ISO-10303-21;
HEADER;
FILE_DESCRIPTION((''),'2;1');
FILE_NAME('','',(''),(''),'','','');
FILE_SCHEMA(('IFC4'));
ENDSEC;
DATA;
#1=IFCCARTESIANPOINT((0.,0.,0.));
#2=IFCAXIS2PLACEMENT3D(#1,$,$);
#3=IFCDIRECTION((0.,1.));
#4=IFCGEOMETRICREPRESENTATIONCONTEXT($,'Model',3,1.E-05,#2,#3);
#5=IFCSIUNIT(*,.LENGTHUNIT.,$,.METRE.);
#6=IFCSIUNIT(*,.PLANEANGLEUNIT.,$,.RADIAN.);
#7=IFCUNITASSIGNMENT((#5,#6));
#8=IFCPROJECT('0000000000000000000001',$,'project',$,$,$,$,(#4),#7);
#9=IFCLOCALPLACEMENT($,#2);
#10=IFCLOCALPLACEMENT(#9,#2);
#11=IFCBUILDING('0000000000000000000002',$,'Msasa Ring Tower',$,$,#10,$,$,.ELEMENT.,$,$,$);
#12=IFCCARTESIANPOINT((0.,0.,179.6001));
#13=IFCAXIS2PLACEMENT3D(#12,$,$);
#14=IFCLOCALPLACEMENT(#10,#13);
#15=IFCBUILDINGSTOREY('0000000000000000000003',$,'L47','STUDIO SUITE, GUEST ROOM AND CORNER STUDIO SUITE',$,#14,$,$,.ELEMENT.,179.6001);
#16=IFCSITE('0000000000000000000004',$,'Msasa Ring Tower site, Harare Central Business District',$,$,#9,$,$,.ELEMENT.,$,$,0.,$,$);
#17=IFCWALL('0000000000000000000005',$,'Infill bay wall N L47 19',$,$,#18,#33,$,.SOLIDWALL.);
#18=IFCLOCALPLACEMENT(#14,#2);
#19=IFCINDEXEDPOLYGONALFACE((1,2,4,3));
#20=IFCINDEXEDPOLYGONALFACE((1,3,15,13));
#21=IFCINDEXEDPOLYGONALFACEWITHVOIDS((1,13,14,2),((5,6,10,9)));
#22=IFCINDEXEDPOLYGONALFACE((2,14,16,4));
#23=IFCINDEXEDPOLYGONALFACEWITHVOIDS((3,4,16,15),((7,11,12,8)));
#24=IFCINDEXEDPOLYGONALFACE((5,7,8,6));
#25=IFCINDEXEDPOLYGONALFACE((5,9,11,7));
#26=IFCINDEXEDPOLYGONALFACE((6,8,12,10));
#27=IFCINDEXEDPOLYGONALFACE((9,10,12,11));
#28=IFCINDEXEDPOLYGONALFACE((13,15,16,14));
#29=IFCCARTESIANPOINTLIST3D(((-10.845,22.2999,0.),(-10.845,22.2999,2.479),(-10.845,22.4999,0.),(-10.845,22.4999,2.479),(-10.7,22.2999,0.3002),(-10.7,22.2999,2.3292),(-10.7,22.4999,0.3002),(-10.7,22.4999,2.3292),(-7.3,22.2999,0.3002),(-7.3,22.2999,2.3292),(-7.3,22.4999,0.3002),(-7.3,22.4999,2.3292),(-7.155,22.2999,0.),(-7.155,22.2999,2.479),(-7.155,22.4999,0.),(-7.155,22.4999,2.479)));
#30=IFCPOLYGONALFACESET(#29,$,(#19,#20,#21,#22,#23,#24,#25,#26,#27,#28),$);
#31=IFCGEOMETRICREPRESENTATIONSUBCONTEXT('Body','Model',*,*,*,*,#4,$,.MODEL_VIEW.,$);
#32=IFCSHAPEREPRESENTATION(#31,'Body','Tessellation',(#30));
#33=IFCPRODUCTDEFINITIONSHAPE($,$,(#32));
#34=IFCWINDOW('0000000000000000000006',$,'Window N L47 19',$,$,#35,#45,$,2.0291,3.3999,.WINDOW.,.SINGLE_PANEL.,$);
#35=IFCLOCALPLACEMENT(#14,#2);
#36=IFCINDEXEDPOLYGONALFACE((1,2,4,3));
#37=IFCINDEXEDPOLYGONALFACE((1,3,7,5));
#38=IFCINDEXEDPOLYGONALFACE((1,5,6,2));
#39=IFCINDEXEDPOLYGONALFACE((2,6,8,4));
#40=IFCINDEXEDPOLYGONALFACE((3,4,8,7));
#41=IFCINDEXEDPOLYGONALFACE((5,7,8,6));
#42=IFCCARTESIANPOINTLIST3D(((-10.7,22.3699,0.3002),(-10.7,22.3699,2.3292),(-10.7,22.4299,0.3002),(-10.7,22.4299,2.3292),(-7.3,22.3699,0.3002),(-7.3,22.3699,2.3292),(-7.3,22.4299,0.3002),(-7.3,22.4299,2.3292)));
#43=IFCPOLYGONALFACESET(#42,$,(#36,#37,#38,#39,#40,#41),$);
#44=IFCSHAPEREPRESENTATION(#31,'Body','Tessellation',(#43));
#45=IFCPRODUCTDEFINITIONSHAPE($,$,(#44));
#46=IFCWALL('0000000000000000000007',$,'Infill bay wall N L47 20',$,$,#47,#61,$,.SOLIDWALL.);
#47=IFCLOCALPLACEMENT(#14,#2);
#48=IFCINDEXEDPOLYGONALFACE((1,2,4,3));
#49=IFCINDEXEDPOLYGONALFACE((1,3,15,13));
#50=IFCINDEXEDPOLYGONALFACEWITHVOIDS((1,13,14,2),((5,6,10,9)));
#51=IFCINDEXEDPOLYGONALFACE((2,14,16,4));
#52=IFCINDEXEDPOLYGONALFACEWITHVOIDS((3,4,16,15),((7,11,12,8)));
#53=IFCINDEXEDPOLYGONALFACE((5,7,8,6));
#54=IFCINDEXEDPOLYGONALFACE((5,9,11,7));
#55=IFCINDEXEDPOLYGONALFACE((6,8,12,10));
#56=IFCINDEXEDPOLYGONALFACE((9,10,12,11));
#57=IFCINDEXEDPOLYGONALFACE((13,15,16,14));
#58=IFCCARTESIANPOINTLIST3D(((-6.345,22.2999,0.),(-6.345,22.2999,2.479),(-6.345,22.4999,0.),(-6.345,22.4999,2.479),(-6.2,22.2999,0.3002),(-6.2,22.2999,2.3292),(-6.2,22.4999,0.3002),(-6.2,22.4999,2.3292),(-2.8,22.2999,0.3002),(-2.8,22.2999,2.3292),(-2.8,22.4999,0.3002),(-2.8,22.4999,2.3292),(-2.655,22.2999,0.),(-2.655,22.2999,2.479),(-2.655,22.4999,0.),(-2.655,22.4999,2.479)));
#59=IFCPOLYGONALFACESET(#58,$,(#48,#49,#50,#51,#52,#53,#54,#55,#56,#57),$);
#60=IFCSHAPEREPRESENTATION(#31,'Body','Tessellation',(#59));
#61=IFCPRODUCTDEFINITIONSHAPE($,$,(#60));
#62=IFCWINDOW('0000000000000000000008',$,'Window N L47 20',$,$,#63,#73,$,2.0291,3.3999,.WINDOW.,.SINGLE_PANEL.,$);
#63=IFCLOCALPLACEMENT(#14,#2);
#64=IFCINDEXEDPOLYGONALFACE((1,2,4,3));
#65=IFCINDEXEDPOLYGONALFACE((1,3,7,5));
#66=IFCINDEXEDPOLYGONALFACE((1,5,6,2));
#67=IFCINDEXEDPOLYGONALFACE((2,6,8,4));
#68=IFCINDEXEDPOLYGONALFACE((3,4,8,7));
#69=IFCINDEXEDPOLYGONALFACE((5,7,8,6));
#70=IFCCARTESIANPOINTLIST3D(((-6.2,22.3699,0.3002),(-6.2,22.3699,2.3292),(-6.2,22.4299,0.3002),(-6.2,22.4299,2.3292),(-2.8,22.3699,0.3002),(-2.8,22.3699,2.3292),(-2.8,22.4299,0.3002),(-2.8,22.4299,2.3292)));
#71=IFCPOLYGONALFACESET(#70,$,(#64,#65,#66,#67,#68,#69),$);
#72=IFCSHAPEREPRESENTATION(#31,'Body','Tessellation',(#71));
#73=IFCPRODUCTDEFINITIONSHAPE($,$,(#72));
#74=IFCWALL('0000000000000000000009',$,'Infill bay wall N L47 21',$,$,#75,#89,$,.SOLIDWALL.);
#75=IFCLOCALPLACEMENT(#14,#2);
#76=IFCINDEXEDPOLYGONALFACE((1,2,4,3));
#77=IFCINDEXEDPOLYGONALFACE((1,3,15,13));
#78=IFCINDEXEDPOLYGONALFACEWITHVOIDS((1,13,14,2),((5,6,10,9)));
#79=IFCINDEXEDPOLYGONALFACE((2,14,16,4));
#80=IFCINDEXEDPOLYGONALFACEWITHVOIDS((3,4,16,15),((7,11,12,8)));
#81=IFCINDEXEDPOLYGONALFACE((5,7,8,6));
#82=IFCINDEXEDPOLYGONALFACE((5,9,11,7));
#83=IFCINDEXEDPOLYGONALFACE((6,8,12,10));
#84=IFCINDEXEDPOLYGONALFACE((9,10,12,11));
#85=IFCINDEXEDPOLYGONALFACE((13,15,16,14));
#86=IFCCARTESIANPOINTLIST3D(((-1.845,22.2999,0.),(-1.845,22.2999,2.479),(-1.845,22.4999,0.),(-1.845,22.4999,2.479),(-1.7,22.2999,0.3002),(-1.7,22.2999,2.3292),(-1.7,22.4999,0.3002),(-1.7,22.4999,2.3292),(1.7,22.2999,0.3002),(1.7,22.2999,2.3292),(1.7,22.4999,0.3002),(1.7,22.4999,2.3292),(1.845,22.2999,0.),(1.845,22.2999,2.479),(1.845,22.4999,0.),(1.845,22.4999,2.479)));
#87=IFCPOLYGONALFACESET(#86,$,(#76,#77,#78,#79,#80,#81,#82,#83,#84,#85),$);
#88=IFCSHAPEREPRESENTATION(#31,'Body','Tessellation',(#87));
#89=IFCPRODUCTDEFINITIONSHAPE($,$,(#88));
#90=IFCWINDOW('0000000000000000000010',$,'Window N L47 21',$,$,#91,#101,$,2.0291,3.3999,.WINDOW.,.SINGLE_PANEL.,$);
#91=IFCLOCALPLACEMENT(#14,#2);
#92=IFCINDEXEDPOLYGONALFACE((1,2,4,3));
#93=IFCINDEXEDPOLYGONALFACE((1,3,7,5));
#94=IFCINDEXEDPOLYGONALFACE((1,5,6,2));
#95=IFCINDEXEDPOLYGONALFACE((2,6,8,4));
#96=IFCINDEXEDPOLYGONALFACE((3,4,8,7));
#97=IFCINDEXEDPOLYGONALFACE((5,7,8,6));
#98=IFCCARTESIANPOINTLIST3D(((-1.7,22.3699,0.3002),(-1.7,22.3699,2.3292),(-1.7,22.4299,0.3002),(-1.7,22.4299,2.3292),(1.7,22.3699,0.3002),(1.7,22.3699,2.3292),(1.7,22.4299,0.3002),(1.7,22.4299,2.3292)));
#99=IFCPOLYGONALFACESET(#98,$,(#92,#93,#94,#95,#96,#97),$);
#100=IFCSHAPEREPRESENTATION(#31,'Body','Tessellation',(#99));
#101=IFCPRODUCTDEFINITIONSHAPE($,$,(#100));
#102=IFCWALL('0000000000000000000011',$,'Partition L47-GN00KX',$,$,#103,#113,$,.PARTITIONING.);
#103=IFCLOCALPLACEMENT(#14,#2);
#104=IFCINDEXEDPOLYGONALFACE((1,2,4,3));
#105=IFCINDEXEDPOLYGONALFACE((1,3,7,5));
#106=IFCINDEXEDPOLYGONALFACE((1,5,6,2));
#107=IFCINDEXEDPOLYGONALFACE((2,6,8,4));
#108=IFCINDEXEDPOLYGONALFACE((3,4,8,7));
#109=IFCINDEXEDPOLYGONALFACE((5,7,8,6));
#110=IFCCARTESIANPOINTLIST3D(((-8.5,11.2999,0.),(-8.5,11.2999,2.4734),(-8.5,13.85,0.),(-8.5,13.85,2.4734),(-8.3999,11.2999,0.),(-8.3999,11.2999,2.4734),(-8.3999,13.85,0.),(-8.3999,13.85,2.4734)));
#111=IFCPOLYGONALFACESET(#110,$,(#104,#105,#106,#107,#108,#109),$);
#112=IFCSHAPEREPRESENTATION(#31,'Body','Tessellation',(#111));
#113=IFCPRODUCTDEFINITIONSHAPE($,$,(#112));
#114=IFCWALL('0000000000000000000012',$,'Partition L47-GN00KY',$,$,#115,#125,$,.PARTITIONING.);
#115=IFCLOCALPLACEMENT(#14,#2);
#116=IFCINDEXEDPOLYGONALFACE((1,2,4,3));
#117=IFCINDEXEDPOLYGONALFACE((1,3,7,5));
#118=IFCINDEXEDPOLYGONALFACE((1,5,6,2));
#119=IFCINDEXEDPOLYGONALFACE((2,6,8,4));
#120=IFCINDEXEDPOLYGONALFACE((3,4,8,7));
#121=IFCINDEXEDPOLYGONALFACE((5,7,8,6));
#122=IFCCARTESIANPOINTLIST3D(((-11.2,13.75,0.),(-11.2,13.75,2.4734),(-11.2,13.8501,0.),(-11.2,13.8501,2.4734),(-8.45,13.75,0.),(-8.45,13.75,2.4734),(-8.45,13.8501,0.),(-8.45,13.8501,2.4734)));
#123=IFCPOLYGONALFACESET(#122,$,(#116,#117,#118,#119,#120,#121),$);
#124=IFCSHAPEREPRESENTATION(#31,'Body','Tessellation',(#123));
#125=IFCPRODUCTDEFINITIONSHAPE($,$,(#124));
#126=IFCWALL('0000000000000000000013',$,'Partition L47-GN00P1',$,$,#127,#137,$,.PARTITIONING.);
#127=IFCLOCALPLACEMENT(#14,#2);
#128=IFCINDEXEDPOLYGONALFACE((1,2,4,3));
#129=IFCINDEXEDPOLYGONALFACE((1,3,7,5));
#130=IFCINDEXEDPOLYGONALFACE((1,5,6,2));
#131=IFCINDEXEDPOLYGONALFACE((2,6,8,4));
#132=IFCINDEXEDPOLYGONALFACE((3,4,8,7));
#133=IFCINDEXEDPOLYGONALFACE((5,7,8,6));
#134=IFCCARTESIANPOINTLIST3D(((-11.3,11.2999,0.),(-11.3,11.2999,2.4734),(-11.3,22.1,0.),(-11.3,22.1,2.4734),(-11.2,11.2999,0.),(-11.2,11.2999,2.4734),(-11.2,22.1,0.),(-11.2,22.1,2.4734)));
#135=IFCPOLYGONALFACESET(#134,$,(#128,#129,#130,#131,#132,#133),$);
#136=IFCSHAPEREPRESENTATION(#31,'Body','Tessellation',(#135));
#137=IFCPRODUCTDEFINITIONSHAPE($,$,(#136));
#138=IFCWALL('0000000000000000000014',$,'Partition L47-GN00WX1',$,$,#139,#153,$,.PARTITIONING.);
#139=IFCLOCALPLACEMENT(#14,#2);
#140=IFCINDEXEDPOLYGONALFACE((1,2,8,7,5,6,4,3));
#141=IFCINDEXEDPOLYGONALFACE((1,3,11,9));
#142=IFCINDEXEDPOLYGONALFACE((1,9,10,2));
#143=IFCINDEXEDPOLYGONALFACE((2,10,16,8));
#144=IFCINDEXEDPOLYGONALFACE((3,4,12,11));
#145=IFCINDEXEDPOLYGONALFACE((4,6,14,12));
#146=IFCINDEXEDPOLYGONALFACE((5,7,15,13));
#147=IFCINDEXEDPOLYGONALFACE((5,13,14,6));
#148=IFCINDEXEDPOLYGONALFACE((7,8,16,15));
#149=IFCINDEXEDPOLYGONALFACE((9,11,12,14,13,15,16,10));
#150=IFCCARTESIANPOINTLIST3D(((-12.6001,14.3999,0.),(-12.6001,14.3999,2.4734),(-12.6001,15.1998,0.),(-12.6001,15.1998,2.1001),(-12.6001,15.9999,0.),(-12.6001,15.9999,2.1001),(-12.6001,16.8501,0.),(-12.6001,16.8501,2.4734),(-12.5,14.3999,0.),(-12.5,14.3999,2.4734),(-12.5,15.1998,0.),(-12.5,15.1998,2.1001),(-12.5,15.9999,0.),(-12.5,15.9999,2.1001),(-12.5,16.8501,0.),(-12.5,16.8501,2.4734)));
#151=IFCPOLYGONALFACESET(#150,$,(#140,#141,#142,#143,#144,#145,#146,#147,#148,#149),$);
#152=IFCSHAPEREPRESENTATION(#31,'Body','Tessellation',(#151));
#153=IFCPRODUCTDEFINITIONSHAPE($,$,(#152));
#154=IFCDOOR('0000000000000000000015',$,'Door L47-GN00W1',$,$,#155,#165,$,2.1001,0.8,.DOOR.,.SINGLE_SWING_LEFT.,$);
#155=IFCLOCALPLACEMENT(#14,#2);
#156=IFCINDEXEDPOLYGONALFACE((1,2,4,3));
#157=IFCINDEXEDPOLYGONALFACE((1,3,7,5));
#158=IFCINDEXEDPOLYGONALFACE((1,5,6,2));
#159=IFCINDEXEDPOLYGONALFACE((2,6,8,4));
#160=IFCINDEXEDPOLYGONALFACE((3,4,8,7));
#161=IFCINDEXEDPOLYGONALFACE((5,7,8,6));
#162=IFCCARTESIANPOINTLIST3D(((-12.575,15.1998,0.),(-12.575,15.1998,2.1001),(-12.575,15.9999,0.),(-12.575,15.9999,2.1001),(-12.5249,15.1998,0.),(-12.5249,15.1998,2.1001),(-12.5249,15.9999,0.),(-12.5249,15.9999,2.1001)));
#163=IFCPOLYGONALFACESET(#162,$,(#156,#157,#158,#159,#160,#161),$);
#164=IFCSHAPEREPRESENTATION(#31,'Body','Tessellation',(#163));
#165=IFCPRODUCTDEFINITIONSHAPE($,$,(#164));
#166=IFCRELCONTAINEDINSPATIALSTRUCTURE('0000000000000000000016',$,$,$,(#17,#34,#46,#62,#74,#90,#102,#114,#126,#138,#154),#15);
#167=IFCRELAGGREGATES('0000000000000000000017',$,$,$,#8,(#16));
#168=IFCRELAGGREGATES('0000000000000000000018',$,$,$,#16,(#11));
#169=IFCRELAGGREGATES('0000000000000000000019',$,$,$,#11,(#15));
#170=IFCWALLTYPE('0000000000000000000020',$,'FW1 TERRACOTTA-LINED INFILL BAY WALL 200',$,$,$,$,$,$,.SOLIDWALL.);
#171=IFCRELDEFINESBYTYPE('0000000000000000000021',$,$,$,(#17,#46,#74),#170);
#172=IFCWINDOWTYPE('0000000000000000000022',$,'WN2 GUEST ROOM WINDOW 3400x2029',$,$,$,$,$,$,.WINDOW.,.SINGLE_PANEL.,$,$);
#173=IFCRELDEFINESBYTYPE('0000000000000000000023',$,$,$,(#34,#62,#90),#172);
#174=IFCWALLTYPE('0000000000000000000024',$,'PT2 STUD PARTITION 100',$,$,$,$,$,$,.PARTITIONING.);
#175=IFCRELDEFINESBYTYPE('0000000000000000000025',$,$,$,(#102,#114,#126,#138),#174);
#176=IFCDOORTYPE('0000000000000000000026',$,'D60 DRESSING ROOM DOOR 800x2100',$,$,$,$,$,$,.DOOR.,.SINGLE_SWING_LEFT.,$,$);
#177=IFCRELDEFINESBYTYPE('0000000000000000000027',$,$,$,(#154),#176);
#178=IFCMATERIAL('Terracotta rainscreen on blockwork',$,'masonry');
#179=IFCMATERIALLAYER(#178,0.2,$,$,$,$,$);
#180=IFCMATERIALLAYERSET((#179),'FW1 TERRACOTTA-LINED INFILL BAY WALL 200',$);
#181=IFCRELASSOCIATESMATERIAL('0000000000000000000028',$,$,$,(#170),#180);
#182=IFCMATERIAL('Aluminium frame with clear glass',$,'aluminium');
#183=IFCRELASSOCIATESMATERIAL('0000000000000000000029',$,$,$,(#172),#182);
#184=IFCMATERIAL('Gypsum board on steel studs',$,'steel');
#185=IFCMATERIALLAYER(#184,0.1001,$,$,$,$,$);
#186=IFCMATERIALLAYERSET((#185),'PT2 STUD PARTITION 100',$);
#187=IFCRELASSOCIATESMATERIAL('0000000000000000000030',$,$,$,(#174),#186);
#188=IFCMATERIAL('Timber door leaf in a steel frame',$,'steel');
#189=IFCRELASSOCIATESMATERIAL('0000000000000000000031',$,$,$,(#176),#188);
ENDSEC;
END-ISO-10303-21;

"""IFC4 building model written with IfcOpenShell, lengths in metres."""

from ifc_helpers import new_model, si_unit, direction, frame, frame_2d, origin, place, context, subcontext, project, spatial, rectangle, extrude, material, layer, layer_set, type_object, element, fill, save


model = new_model("IFC4")

# Units and contexts
model_context = context("Model", 3, precision=1e-05, world=origin(), true_north=direction((0.0, 1.0)))
body_context = subcontext(model_context, "Body", "Model", "MODEL_VIEW")
ifc_project = project(units=[si_unit("LENGTHUNIT", "METRE"), si_unit("PLANEANGLEUNIT", "RADIAN")], contexts=[model_context])

# Site, building, storey
site_placement = place(None, origin())
site = spatial("IfcSite", under=ifc_project, at=site_placement, Name="Msasa Ring Tower site, Harare Central Business District", CompositionType="ELEMENT", RefElevation=0.0)
building_placement = place(site_placement, origin())
building = spatial("IfcBuilding", under=site, at=building_placement, Name="Msasa Ring Tower", CompositionType="ELEMENT")
storey_placement = place(building_placement, frame((0.0, 0.0, 179.6001)))
storey = spatial("IfcBuildingStorey", under=building, at=storey_placement, Name="L47", Description="STUDIO SUITE, GUEST ROOM AND CORNER STUDIO SUITE", CompositionType="ELEMENT", Elevation=179.6001)

# Walls, openings, windows
ifc_material_1 = material(Name="Terracotta rainscreen on blockwork", Category="masonry")
ifc_layer_1 = layer(ifc_material_1, 0.2)
ifc_layer_set_1 = layer_set([ifc_layer_1], Name="FW1 TERRACOTTA-LINED INFILL BAY WALL 200")
wall_type_1 = type_object("IfcWallType", Name="FW1 TERRACOTTA-LINED INFILL BAY WALL 200", PredefinedType="SOLIDWALL", material=ifc_layer_set_1)
wall_1_placement = place(storey_placement, frame((-10.845, 22.3999, 0.0), z_axis=(0.0, 0.0, 1.0), x_axis=(1.0, 0.0, 0.0)))
wall_1 = element("IfcWall", 1, at=wall_1_placement, inside=storey, type_object=wall_type_1, Name="Infill bay wall N L47 19", PredefinedType="SOLIDWALL", context=body_context, shape_type="SweptSolid", body=[
    extrude(rectangle(XDim=3.6899, YDim=0.2, at=frame_2d((1.845, 0.0))), origin(), (0.0, 0.0, 1.0), 2.479),
])
opening_1_placement = place(wall_1_placement, frame((0.145, 0.0, 0.3)))
opening_1 = element("IfcOpeningElement", 2, at=opening_1_placement, cuts=wall_1, PredefinedType="OPENING", context=body_context, shape_type="SweptSolid", body=[
    extrude(rectangle(XDim=3.3999, YDim=2.0291, at=frame_2d((1.7, 1.0146))), frame((0.0, 0.1099, 0.0), z_axis=(0.0, -1.0, 0.0), x_axis=(1.0, 0.0, 0.0)), (0.0, 0.0, 1.0), 0.22),
])
ifc_material_2 = material(Name="Aluminium frame with clear glass", Category="aluminium")
window_type = type_object("IfcWindowType", Name="WN2 GUEST ROOM WINDOW 3400x2029", PartitioningType="SINGLE_PANEL", PredefinedType="WINDOW", material=ifc_material_2)
window_1_placement = place(opening_1_placement, origin())
window_1 = element("IfcWindow", 3, at=window_1_placement, inside=storey, type_object=window_type, Name="Window N L47 19", OverallHeight=2.0291, OverallWidth=3.3999, PartitioningType="SINGLE_PANEL", PredefinedType="WINDOW", context=body_context, shape_type="SweptSolid", body=[
    extrude(rectangle(XDim=3.3999, YDim=2.0291, at=frame_2d((1.7, 1.0146))), frame((0.0, 0.03, 0.0), z_axis=(0.0, -1.0, 0.0), x_axis=(1.0, 0.0, 0.0)), (0.0, 0.0, 1.0), 0.0601),
])
fill(opening_1, window_1)
wall_2_placement = place(storey_placement, frame((-6.345, 22.3999, 0.0), z_axis=(0.0, 0.0, 1.0), x_axis=(1.0, 0.0, 0.0)))
wall_2 = element("IfcWall", 4, at=wall_2_placement, inside=storey, type_object=wall_type_1, Name="Infill bay wall N L47 20", PredefinedType="SOLIDWALL", context=body_context, shape_type="SweptSolid", body=[
    extrude(rectangle(XDim=3.6899, YDim=0.2, at=frame_2d((1.845, 0.0))), origin(), (0.0, 0.0, 1.0), 2.479),
])
opening_2_placement = place(wall_2_placement, frame((0.145, 0.0, 0.3)))
opening_2 = element("IfcOpeningElement", 5, at=opening_2_placement, cuts=wall_2, PredefinedType="OPENING", context=body_context, shape_type="SweptSolid", body=[
    extrude(rectangle(XDim=3.3999, YDim=2.0291, at=frame_2d((1.7, 1.0146))), frame((0.0, 0.1099, 0.0), z_axis=(0.0, -1.0, 0.0), x_axis=(1.0, 0.0, 0.0)), (0.0, 0.0, 1.0), 0.22),
])
window_2_placement = place(opening_2_placement, origin())
window_2 = element("IfcWindow", 6, at=window_2_placement, inside=storey, type_object=window_type, Name="Window N L47 20", OverallHeight=2.0291, OverallWidth=3.3999, PartitioningType="SINGLE_PANEL", PredefinedType="WINDOW", context=body_context, shape_type="SweptSolid", body=[
    extrude(rectangle(XDim=3.3999, YDim=2.0291, at=frame_2d((1.7, 1.0146))), frame((0.0, 0.03, 0.0), z_axis=(0.0, -1.0, 0.0), x_axis=(1.0, 0.0, 0.0)), (0.0, 0.0, 1.0), 0.0601),
])
fill(opening_2, window_2)
wall_3_placement = place(storey_placement, frame((-1.845, 22.3999, 0.0), z_axis=(0.0, 0.0, 1.0), x_axis=(1.0, 0.0, 0.0)))
wall_3 = element("IfcWall", 7, at=wall_3_placement, inside=storey, type_object=wall_type_1, Name="Infill bay wall N L47 21", PredefinedType="SOLIDWALL", context=body_context, shape_type="SweptSolid", body=[
    extrude(rectangle(XDim=3.6899, YDim=0.2, at=frame_2d((1.845, 0.0))), origin(), (0.0, 0.0, 1.0), 2.479),
])
opening_3_placement = place(wall_3_placement, frame((0.145, 0.0, 0.3)))
opening_3 = element("IfcOpeningElement", 8, at=opening_3_placement, cuts=wall_3, PredefinedType="OPENING", context=body_context, shape_type="SweptSolid", body=[
    extrude(rectangle(XDim=3.3999, YDim=2.0291, at=frame_2d((1.7, 1.0146))), frame((0.0, 0.1099, 0.0), z_axis=(0.0, -1.0, 0.0), x_axis=(1.0, 0.0, 0.0)), (0.0, 0.0, 1.0), 0.22),
])
window_3_placement = place(opening_3_placement, origin())
window_3 = element("IfcWindow", 9, at=window_3_placement, inside=storey, type_object=window_type, Name="Window N L47 21", OverallHeight=2.0291, OverallWidth=3.3999, PartitioningType="SINGLE_PANEL", PredefinedType="WINDOW", context=body_context, shape_type="SweptSolid", body=[
    extrude(rectangle(XDim=3.3999, YDim=2.0291, at=frame_2d((1.7, 1.0146))), frame((0.0, 0.03, 0.0), z_axis=(0.0, -1.0, 0.0), x_axis=(1.0, 0.0, 0.0)), (0.0, 0.0, 1.0), 0.0601),
])
fill(opening_3, window_3)

# Walls
ifc_material_3 = material(Name="Gypsum board on steel studs", Category="steel")
ifc_layer_2 = layer(ifc_material_3, 0.1001)
ifc_layer_set_2 = layer_set([ifc_layer_2], Name="PT2 STUD PARTITION 100")
wall_type_2 = type_object("IfcWallType", Name="PT2 STUD PARTITION 100", PredefinedType="PARTITIONING", material=ifc_layer_set_2)
wall_4_placement = place(storey_placement, frame((-8.45, 11.3, 0.0), z_axis=(0.0, 0.0, 1.0), x_axis=(0.0, 1.0, 0.0)))
element("IfcWall", 10, at=wall_4_placement, inside=storey, type_object=wall_type_2, Name="Partition L47-GN00KX", PredefinedType="PARTITIONING", context=body_context, shape_type="SweptSolid", body=[
    extrude(rectangle(XDim=2.55, YDim=0.1001, at=frame_2d((1.2749, 0.0))), origin(), (0.0, 0.0, 1.0), 2.4734),
])
wall_5_placement = place(storey_placement, frame((-11.2, 13.8, 0.0), z_axis=(0.0, 0.0, 1.0), x_axis=(1.0, 0.0, 0.0)))
element("IfcWall", 11, at=wall_5_placement, inside=storey, type_object=wall_type_2, Name="Partition L47-GN00KY", PredefinedType="PARTITIONING", context=body_context, shape_type="SweptSolid", body=[
    extrude(rectangle(XDim=2.75, YDim=0.1001, at=frame_2d((1.375, 0.0))), origin(), (0.0, 0.0, 1.0), 2.4734),
])
wall_6_placement = place(storey_placement, frame((-11.25, 11.3, 0.0), z_axis=(0.0, 0.0, 1.0), x_axis=(0.0, 1.0, 0.0)))
element("IfcWall", 12, at=wall_6_placement, inside=storey, type_object=wall_type_2, Name="Partition L47-GN00P1", PredefinedType="PARTITIONING", context=body_context, shape_type="SweptSolid", body=[
    extrude(rectangle(XDim=10.8, YDim=0.1001, at=frame_2d((5.3999, 0.0))), origin(), (0.0, 0.0, 1.0), 2.4734),
])

# Wall, opening, door
wall_7_placement = place(storey_placement, frame((-12.55, 14.3999, 0.0), z_axis=(0.0, 0.0, 1.0), x_axis=(0.0, 1.0, 0.0)))
wall_7 = element("IfcWall", 13, at=wall_7_placement, inside=storey, type_object=wall_type_2, Name="Partition L47-GN00WX1", PredefinedType="PARTITIONING", context=body_context, shape_type="SweptSolid", body=[
    extrude(rectangle(XDim=2.4502, YDim=0.1001, at=frame_2d((1.2251, 0.0))), origin(), (0.0, 0.0, 1.0), 2.4734),
])
opening_4_placement = place(wall_7_placement, frame((0.8, 0.0, 0.0)))
opening_4 = element("IfcOpeningElement", 14, at=opening_4_placement, cuts=wall_7, PredefinedType="OPENING", context=body_context, shape_type="SweptSolid", body=[
    extrude(rectangle(XDim=0.8, YDim=2.1001, at=frame_2d((0.3999, 1.05))), frame((0.0, 0.0601, 0.0), z_axis=(0.0, -1.0, 0.0), x_axis=(1.0, 0.0, 0.0)), (0.0, 0.0, 1.0), 0.1201),
])
ifc_material_4 = material(Name="Timber door leaf in a steel frame", Category="steel")
door_type_1 = type_object("IfcDoorType", Name="D60 DRESSING ROOM DOOR 800x2100", OperationType="SINGLE_SWING_LEFT", PredefinedType="DOOR", material=ifc_material_4)
door_1_placement = place(opening_4_placement, origin())
door_1 = element("IfcDoor", 15, at=door_1_placement, inside=storey, type_object=door_type_1, Name="Door L47-GN00W1", OperationType="SINGLE_SWING_LEFT", OverallHeight=2.1001, OverallWidth=0.8, PredefinedType="DOOR", context=body_context, shape_type="SweptSolid", body=[
    extrude(rectangle(XDim=0.8, YDim=2.1001, at=frame_2d((0.3999, 1.05))), frame((0.0, 0.0249, 0.0), z_axis=(0.0, -1.0, 0.0), x_axis=(1.0, 0.0, 0.0)), (0.0, 0.0, 1.0), 0.05),
])
fill(opening_4, door_1)

save(model, "model.ifc")
